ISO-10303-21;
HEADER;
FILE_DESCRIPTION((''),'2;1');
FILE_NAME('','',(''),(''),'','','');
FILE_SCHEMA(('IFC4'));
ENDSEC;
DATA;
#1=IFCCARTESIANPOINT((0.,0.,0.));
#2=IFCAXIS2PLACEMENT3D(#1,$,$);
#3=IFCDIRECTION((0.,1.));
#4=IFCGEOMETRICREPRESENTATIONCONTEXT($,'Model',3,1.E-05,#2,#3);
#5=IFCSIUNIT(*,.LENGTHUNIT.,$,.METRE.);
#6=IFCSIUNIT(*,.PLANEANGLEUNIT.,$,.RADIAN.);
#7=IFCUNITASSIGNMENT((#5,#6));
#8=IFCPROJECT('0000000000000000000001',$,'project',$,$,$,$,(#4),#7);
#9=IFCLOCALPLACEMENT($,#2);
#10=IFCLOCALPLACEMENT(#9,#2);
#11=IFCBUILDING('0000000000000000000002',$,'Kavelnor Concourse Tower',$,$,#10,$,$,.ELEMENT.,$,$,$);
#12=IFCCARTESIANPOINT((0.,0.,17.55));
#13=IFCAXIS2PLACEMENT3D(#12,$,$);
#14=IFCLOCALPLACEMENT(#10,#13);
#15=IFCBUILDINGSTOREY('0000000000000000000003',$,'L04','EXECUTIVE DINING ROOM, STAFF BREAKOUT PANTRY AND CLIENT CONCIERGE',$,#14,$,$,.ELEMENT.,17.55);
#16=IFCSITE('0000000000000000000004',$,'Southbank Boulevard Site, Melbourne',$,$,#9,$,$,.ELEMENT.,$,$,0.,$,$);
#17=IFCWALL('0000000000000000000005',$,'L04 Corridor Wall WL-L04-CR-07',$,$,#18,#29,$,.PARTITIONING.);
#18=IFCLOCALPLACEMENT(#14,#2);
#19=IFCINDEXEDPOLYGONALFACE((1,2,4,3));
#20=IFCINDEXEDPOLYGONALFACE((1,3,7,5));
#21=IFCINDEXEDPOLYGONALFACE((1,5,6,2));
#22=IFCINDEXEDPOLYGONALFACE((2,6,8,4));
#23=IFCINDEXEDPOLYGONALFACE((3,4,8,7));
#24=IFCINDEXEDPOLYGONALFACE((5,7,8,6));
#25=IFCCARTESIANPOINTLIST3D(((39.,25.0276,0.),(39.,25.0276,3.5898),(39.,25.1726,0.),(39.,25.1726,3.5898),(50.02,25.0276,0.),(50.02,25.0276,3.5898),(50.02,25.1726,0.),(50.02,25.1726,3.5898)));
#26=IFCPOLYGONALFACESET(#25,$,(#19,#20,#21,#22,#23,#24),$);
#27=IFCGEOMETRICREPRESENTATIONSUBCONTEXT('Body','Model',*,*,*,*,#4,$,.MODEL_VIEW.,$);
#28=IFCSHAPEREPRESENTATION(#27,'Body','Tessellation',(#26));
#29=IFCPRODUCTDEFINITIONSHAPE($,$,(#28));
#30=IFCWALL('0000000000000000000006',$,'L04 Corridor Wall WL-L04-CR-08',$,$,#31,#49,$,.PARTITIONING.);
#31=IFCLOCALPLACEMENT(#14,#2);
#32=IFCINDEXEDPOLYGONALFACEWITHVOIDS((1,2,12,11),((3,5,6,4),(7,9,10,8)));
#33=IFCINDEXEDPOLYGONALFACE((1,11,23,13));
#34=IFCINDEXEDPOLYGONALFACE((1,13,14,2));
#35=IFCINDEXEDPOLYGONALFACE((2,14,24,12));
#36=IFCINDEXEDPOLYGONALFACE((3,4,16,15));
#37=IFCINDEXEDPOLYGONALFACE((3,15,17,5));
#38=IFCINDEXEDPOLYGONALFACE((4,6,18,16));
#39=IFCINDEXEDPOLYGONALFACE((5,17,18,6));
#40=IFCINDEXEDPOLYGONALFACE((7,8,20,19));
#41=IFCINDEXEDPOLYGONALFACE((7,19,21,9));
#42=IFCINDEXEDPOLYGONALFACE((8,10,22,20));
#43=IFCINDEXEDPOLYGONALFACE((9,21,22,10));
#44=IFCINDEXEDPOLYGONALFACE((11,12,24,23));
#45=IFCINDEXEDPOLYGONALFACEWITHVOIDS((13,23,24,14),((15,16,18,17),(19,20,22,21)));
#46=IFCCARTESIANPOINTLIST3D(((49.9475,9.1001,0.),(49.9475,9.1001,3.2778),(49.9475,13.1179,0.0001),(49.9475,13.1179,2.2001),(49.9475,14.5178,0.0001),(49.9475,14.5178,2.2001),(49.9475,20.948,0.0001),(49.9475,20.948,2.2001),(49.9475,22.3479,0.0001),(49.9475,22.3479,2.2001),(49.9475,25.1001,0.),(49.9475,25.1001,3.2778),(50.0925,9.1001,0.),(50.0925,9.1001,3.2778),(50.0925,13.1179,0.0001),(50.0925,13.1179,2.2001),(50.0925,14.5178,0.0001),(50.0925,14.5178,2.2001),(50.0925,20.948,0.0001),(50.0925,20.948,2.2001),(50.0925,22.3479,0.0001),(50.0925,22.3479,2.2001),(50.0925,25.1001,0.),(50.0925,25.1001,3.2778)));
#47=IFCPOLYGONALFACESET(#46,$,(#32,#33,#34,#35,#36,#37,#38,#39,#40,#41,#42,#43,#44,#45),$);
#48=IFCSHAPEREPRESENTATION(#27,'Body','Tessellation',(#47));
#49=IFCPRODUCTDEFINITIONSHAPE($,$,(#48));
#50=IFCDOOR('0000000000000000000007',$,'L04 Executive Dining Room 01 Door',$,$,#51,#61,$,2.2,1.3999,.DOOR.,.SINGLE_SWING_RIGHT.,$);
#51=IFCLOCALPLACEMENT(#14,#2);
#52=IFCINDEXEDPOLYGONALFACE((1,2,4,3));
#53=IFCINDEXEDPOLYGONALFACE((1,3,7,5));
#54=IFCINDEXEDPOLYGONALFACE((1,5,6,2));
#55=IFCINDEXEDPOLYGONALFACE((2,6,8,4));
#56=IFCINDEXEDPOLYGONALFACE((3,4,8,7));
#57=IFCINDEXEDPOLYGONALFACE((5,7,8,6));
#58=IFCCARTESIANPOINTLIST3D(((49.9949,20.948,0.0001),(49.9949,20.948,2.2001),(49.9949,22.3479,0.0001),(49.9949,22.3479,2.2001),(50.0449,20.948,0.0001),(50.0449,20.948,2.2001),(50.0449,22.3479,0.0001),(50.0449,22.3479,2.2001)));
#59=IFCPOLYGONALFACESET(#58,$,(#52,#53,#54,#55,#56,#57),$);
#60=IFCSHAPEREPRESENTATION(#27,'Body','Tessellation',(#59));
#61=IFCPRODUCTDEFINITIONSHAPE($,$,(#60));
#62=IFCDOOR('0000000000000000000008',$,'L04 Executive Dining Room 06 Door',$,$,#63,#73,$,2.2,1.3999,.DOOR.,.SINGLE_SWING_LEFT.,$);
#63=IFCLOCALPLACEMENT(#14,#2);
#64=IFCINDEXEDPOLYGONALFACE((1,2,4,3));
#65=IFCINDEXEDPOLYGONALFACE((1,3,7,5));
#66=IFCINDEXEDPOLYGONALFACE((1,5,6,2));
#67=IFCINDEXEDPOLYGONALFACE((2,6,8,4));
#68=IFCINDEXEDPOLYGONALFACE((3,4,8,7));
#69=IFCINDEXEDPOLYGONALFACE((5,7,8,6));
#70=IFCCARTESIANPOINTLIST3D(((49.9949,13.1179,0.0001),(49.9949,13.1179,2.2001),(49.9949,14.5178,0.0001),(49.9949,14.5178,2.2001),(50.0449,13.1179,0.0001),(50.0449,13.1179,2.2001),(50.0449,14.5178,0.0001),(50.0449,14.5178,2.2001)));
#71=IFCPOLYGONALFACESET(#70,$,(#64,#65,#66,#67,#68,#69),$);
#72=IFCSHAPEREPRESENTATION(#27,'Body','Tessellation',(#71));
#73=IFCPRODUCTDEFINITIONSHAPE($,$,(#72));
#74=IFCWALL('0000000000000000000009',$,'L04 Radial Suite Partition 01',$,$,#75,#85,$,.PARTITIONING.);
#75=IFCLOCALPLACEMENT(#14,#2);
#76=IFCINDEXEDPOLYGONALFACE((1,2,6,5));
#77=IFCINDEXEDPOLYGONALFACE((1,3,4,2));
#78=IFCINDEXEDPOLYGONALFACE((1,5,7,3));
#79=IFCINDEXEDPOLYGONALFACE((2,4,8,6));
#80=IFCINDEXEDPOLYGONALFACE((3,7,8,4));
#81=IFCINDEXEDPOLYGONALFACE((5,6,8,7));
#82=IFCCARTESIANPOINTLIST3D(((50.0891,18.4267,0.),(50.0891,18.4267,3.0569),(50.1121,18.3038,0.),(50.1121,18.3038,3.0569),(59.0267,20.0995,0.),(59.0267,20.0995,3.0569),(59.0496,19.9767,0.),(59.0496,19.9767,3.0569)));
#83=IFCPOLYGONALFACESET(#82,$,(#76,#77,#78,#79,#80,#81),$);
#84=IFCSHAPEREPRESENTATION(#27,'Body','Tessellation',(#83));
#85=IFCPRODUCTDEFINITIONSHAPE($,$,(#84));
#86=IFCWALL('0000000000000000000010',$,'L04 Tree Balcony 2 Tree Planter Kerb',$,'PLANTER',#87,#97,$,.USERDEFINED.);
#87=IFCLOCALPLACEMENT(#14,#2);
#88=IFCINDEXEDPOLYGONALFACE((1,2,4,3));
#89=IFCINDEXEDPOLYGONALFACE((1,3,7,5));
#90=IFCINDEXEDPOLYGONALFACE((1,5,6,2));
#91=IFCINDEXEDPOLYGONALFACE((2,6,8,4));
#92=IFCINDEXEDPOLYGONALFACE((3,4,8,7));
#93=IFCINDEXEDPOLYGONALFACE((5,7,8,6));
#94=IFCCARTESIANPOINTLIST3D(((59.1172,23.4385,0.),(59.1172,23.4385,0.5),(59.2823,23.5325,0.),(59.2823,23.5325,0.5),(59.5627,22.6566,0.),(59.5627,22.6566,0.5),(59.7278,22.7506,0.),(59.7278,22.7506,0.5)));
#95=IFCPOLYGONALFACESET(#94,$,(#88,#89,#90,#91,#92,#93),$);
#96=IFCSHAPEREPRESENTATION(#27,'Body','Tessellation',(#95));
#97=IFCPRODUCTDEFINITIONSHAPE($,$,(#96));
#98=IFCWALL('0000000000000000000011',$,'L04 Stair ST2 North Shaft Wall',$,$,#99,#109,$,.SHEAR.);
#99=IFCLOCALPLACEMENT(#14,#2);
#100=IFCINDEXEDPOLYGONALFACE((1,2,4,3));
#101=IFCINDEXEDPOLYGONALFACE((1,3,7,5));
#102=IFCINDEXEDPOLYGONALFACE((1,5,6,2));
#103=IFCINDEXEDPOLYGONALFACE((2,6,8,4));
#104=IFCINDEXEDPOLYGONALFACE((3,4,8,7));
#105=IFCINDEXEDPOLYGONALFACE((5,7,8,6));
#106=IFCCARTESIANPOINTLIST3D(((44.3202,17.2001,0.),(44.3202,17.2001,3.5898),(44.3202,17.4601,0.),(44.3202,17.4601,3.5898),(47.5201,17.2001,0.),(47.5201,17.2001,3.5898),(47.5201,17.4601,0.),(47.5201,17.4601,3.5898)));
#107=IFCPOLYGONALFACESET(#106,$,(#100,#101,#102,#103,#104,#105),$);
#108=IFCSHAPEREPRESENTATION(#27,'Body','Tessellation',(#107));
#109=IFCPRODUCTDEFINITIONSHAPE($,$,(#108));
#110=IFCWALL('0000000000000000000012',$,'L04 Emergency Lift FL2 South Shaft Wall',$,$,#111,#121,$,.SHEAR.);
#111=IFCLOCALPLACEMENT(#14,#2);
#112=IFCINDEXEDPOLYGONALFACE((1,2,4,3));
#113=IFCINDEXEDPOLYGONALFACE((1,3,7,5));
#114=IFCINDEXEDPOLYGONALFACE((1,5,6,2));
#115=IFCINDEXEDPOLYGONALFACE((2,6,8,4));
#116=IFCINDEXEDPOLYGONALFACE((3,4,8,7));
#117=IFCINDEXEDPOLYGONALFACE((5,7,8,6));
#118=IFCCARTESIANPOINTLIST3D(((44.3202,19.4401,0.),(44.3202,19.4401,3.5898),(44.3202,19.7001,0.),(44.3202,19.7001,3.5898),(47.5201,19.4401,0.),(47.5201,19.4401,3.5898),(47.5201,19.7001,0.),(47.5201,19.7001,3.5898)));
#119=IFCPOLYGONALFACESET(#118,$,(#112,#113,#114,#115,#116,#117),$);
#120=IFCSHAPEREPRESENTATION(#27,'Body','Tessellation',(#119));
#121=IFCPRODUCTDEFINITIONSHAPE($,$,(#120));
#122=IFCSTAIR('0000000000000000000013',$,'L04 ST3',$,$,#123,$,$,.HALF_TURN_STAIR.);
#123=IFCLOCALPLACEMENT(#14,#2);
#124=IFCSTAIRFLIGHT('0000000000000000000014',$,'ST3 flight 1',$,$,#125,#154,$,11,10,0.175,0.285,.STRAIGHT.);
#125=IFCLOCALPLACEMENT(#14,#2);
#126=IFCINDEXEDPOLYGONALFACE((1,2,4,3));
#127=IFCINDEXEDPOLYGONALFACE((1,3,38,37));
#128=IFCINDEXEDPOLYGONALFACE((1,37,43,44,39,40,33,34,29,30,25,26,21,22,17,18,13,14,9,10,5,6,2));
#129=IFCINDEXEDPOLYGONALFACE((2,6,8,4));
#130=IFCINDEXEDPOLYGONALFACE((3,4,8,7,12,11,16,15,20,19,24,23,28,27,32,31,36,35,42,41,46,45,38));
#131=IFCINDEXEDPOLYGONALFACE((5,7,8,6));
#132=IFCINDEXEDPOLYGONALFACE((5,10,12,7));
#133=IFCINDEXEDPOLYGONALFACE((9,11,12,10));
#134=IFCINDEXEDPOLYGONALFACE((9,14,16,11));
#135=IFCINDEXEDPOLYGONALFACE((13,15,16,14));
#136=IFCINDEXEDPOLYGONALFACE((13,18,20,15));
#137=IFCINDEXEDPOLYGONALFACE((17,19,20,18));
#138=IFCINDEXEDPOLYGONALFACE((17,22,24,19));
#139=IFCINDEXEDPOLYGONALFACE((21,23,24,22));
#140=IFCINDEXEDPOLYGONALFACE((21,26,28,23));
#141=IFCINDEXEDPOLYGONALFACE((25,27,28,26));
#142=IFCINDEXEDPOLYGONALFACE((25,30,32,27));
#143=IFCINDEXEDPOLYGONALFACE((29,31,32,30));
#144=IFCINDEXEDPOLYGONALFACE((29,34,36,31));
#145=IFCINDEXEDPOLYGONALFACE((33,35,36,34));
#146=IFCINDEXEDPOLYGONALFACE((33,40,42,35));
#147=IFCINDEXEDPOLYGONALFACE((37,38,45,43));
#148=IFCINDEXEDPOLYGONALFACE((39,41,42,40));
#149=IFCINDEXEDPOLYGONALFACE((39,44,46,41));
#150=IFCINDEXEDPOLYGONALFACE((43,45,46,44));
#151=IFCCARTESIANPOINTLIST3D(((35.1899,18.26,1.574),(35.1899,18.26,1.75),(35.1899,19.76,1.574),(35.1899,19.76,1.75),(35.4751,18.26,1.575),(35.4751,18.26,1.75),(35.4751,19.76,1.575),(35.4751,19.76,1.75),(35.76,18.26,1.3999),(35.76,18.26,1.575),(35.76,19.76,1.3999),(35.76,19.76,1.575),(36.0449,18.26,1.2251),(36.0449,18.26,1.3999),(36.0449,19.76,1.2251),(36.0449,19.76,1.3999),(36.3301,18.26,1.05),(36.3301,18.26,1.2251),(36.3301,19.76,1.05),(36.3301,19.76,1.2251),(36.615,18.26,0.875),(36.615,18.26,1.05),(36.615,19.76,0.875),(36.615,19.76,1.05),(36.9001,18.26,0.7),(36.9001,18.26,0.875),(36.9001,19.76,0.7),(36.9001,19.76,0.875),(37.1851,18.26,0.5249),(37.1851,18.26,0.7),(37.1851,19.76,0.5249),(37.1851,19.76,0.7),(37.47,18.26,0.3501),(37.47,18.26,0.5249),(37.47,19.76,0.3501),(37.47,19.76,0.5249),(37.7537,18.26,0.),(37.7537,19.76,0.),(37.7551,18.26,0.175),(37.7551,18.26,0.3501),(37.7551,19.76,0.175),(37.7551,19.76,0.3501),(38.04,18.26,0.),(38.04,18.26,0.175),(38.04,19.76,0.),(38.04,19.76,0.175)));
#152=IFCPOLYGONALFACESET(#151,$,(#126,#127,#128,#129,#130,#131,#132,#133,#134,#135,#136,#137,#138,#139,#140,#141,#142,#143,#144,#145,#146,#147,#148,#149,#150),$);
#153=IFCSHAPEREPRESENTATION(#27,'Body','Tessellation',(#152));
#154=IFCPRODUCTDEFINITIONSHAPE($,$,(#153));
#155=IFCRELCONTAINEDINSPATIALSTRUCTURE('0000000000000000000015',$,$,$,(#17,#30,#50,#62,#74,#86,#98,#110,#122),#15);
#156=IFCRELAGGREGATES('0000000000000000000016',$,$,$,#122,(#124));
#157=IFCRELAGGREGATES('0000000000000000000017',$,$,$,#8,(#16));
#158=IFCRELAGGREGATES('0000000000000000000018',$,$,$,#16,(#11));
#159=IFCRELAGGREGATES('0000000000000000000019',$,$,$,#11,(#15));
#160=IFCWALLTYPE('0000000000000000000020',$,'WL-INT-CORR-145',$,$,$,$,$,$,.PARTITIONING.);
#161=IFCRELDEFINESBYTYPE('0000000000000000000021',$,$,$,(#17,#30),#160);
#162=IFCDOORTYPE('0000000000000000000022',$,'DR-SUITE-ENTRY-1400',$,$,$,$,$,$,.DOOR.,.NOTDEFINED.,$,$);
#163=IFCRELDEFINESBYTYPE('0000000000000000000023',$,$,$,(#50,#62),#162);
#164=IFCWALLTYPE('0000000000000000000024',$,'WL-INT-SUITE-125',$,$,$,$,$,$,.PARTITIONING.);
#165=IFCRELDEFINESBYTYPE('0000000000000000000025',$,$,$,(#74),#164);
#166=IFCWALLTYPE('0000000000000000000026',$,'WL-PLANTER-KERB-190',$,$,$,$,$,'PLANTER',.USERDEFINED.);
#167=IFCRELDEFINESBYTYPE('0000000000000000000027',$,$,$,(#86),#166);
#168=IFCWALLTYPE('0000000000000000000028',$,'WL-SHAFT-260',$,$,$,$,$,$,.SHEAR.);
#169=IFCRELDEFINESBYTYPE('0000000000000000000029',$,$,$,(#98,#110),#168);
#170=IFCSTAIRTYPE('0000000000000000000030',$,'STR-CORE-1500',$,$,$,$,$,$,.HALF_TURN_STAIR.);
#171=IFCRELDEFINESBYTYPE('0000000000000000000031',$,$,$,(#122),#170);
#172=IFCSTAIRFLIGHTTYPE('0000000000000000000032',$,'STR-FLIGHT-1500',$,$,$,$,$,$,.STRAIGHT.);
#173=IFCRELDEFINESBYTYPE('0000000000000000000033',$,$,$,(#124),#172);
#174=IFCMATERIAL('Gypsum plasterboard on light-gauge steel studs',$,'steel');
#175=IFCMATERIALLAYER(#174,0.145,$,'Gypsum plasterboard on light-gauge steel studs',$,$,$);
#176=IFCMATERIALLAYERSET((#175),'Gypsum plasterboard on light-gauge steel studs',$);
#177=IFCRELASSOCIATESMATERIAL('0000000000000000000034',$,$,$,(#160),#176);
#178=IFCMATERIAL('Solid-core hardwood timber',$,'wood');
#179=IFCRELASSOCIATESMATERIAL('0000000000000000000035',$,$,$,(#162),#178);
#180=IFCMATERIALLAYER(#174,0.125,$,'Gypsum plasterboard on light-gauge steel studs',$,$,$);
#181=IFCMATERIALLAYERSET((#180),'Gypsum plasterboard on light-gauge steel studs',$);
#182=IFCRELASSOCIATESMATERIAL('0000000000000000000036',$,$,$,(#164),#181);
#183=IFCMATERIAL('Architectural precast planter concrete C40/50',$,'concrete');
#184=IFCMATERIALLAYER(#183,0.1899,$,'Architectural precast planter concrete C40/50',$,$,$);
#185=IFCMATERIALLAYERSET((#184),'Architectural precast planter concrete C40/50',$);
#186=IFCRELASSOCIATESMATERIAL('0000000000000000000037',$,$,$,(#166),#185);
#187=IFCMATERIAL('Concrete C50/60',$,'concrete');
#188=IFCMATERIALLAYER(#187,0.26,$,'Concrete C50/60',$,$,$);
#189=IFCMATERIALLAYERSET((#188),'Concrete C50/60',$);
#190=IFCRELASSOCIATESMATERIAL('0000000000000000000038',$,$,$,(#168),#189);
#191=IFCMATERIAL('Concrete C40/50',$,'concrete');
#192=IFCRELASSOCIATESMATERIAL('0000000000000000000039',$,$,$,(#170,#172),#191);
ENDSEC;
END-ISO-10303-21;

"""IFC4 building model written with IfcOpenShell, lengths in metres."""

from ifc_helpers import new_model, si_unit, direction, frame, frame_2d, origin, place, context, subcontext, project, spatial, polyline, rectangle, outline, extrude, material, layer, layer_set, type_object, element, fill, aggregate, save


model = new_model("IFC4")

# Units and contexts
model_context = context("Model", 3, precision=1e-05, world=origin(), true_north=direction((0.0, 1.0)))
body_context = subcontext(model_context, "Body", "Model", "MODEL_VIEW")
ifc_project = project(units=[si_unit("LENGTHUNIT", "METRE"), si_unit("PLANEANGLEUNIT", "RADIAN")], contexts=[model_context])

# Site, building, storey
site_placement = place(None, origin())
site = spatial("IfcSite", under=ifc_project, at=site_placement, Name="Southbank Boulevard Site, Melbourne", CompositionType="ELEMENT", RefElevation=0.0)
building_placement = place(site_placement, origin())
building = spatial("IfcBuilding", under=site, at=building_placement, Name="Kavelnor Concourse Tower", CompositionType="ELEMENT")
storey_placement = place(building_placement, frame((0.0, 0.0, 17.55)))
storey = spatial("IfcBuildingStorey", under=building, at=storey_placement, Name="L04", Description="EXECUTIVE DINING ROOM, STAFF BREAKOUT PANTRY AND CLIENT CONCIERGE", CompositionType="ELEMENT", Elevation=17.55)

# Shared definitions
ifc_material_1 = material(Name="Gypsum plasterboard on light-gauge steel studs", Category="steel")
ifc_layer_1 = layer(ifc_material_1, 0.145, Name="Gypsum plasterboard on light-gauge steel studs")
ifc_layer_set_1 = layer_set([ifc_layer_1], Name="Gypsum plasterboard on light-gauge steel studs")
wall_type_1 = type_object("IfcWallType", Name="WL-INT-CORR-145", PredefinedType="PARTITIONING", material=ifc_layer_set_1)
ifc_material_2 = material(Name="Solid-core hardwood timber", Category="wood")
door_type = type_object("IfcDoorType", Name="DR-SUITE-ENTRY-1400", OperationType="NOTDEFINED", PredefinedType="DOOR", material=ifc_material_2)

# Wall
wall_1_placement = place(storey_placement, frame((39.0, 25.1001, 0.0), z_axis=(0.0, 0.0, 1.0), x_axis=(1.0, 0.0, 0.0)))
element("IfcWall", 1, at=wall_1_placement, inside=storey, type_object=wall_type_1, Name="L04 Corridor Wall WL-L04-CR-07", PredefinedType="PARTITIONING", context=body_context, shape_type="SweptSolid", body=[
    extrude(rectangle(XDim=11.02, YDim=0.145, at=frame_2d((5.51, 0.0))), origin(), (0.0, 0.0, 1.0), 3.5898),
])

# Wall, openings, doors
wall_2_placement = place(storey_placement, frame((50.02, 25.1001, 0.0), z_axis=(0.0, 0.0, 1.0), x_axis=(0.0, -1.0, 0.0)))
wall_2 = element("IfcWall", 2, at=wall_2_placement, inside=storey, type_object=wall_type_1, Name="L04 Corridor Wall WL-L04-CR-08", PredefinedType="PARTITIONING", context=body_context, shape_type="SweptSolid", body=[
    extrude(rectangle(XDim=16.0, YDim=0.145, at=frame_2d((8.0, 0.0))), origin(), (0.0, 0.0, 1.0), 3.2778),
])
opening_1_placement = place(wall_2_placement, frame((2.7522, 0.0, 0.0)))
opening_1 = element("IfcOpeningElement", 3, at=opening_1_placement, cuts=wall_2, PredefinedType="OPENING", context=body_context, shape_type="SweptSolid", body=[
    extrude(rectangle(XDim=1.3999, YDim=2.2, at=frame_2d((0.7, 1.1001))), frame((0.0, 0.0825, 0.0), z_axis=(0.0, -1.0, 0.0), x_axis=(1.0, 0.0, 0.0)), (0.0, 0.0, 1.0), 0.165),
])
opening_2_placement = place(wall_2_placement, frame((10.5823, 0.0, 0.0)))
opening_2 = element("IfcOpeningElement", 4, at=opening_2_placement, cuts=wall_2, PredefinedType="OPENING", context=body_context, shape_type="SweptSolid", body=[
    extrude(rectangle(XDim=1.3999, YDim=2.2, at=frame_2d((0.7, 1.1001))), frame((0.0, 0.0825, 0.0), z_axis=(0.0, -1.0, 0.0), x_axis=(1.0, 0.0, 0.0)), (0.0, 0.0, 1.0), 0.165),
])
door_1_placement = place(opening_1_placement, origin())
door_1 = element("IfcDoor", 5, at=door_1_placement, inside=storey, type_object=door_type, Name="L04 Executive Dining Room 01 Door", OperationType="SINGLE_SWING_RIGHT", OverallHeight=2.2, OverallWidth=1.3999, PredefinedType="DOOR", context=body_context, shape_type="SweptSolid", body=[
    extrude(rectangle(XDim=1.3999, YDim=2.2, at=frame_2d((0.7, 1.1001))), frame((0.0, 0.0249, 0.0), z_axis=(0.0, -1.0, 0.0), x_axis=(1.0, 0.0, 0.0)), (0.0, 0.0, 1.0), 0.05),
])
fill(opening_1, door_1)
door_2_placement = place(opening_2_placement, origin())
door_2 = element("IfcDoor", 6, at=door_2_placement, inside=storey, type_object=door_type, Name="L04 Executive Dining Room 06 Door", OperationType="SINGLE_SWING_LEFT", OverallHeight=2.2, OverallWidth=1.3999, PredefinedType="DOOR", context=body_context, shape_type="SweptSolid", body=[
    extrude(rectangle(XDim=1.3999, YDim=2.2, at=frame_2d((0.7, 1.1001))), frame((0.0, 0.0249, 0.0), z_axis=(0.0, -1.0, 0.0), x_axis=(1.0, 0.0, 0.0)), (0.0, 0.0, 1.0), 0.05),
])
fill(opening_2, door_2)

# Walls
ifc_layer_2 = layer(ifc_material_1, 0.125, Name="Gypsum plasterboard on light-gauge steel studs")
ifc_layer_set_2 = layer_set([ifc_layer_2], Name="Gypsum plasterboard on light-gauge steel studs")
wall_type_2 = type_object("IfcWallType", Name="WL-INT-SUITE-125", PredefinedType="PARTITIONING", material=ifc_layer_set_2)
wall_3_placement = place(storey_placement, frame((50.1006, 18.3652, 0.0), z_axis=(0.0, 0.0, 1.0), x_axis=(0.98293, 0.183977, 0.0)))
element("IfcWall", 7, at=wall_3_placement, inside=storey, type_object=wall_type_2, Name="L04 Radial Suite Partition 01", PredefinedType="PARTITIONING", context=body_context, shape_type="SweptSolid", body=[
    extrude(rectangle(XDim=9.0928, YDim=0.125, at=frame_2d((4.5464, 0.0))), origin(), (0.0, 0.0, 1.0), 3.0569),
])
ifc_material_3 = material(Name="Architectural precast planter concrete C40/50", Category="concrete")
ifc_layer_3 = layer(ifc_material_3, 0.1899, Name="Architectural precast planter concrete C40/50")
ifc_layer_set_3 = layer_set([ifc_layer_3], Name="Architectural precast planter concrete C40/50")
wall_type_3 = type_object("IfcWallType", Name="WL-PLANTER-KERB-190", ElementType="PLANTER", PredefinedType="USERDEFINED", material=ifc_layer_set_3)
wall_4_placement = place(storey_placement, frame((59.6453, 22.7036, 0.0), z_axis=(0.0, 0.0, 1.0), x_axis=(-0.495058, 0.86886, 0.0)))
element("IfcWall", 8, at=wall_4_placement, inside=storey, type_object=wall_type_3, Name="L04 Tree Balcony 2 Tree Planter Kerb", ObjectType="PLANTER", PredefinedType="USERDEFINED", context=body_context, shape_type="SweptSolid", body=[
    extrude(rectangle(XDim=0.8999, YDim=0.1899, at=frame_2d((0.45, 0.0))), origin(), (0.0, 0.0, 1.0), 0.5),
])
ifc_material_4 = material(Name="Concrete C50/60", Category="concrete")
ifc_layer_4 = layer(ifc_material_4, 0.26, Name="Concrete C50/60")
ifc_layer_set_4 = layer_set([ifc_layer_4], Name="Concrete C50/60")
wall_type_4 = type_object("IfcWallType", Name="WL-SHAFT-260", PredefinedType="SHEAR", material=ifc_layer_set_4)
for number, where, z_axis, x_axis, name in (
    (9, (44.3201, 17.3301, 0.0), (0.0, 0.0, 1.0), (1.0, 0.0, 0.0), "L04 Stair ST2 North Shaft Wall"),
    (10, (44.3201, 19.5701, 0.0), (0.0, 0.0, 1.0), (1.0, 0.0, 0.0), "L04 Emergency Lift FL2 South Shaft Wall"),
):
    element("IfcWall", number, at=place(storey_placement, frame(where, z_axis=z_axis, x_axis=x_axis)), inside=storey, type_object=wall_type_4, Name=name, PredefinedType="SHEAR", context=body_context, shape_type="SweptSolid", body=[
        extrude(rectangle(XDim=3.2, YDim=0.26, at=frame_2d((1.6001, 0.0))), origin(), (0.0, 0.0, 1.0), 3.5898),
    ])

# Stair, stair flight
ifc_material_5 = material(Name="Concrete C40/50", Category="concrete")
stair_type = type_object("IfcStairType", Name="STR-CORE-1500", PredefinedType="HALF_TURN_STAIR", material=ifc_material_5)
stair_placement = place(storey_placement, origin())
stair = element("IfcStair", 11, at=stair_placement, inside=storey, type_object=stair_type, Name="L04 ST3", PredefinedType="HALF_TURN_STAIR")
stair_flight_type = type_object("IfcStairFlightType", Name="STR-FLIGHT-1500", PredefinedType="STRAIGHT", material=ifc_material_5)
stair_flight_placement = place(storey_placement, frame((38.04, 19.01, 0.0), z_axis=(0.0, 0.0, 1.0), x_axis=(-1.0, 0.0, 0.0)))
stair_flight = element("IfcStairFlight", 12, at=stair_flight_placement, type_object=stair_flight_type, Name="ST3 flight 1", NumberOfRisers=11, NumberOfTreads=10, PredefinedType="STRAIGHT", RiserHeight=0.175, TreadLength=0.285, context=body_context, shape_type="SweptSolid", body=[
    extrude(outline(polyline([(0.0, 0.0), (0.0, 0.175), (0.2849, 0.175), (0.2849, 0.3501), (0.5701, 0.3501), (0.5701, 0.5249), (0.855, 0.5249), (0.855, 0.7), (1.1399, 0.7), (1.1399, 0.875), (1.425, 0.875), (1.425, 1.05), (1.71, 1.05), (1.71, 1.2251), (1.9951, 1.2251), (1.9951, 1.3999), (2.28, 1.3999), (2.28, 1.575), (2.5649, 1.575), (2.5649, 1.75), (2.8501, 1.75), (2.8501, 1.925), (2.8501, 1.574), (0.2864, 0.0), (0.0, 0.0)])), frame((0.0, 0.75, 0.0), z_axis=(0.0, -1.0, 0.0), x_axis=(1.0, 0.0, 0.0)), (0.0, 0.0, 1.0), 1.5),
])
aggregate(stair, [stair_flight])

save(model, "model.ifc")
